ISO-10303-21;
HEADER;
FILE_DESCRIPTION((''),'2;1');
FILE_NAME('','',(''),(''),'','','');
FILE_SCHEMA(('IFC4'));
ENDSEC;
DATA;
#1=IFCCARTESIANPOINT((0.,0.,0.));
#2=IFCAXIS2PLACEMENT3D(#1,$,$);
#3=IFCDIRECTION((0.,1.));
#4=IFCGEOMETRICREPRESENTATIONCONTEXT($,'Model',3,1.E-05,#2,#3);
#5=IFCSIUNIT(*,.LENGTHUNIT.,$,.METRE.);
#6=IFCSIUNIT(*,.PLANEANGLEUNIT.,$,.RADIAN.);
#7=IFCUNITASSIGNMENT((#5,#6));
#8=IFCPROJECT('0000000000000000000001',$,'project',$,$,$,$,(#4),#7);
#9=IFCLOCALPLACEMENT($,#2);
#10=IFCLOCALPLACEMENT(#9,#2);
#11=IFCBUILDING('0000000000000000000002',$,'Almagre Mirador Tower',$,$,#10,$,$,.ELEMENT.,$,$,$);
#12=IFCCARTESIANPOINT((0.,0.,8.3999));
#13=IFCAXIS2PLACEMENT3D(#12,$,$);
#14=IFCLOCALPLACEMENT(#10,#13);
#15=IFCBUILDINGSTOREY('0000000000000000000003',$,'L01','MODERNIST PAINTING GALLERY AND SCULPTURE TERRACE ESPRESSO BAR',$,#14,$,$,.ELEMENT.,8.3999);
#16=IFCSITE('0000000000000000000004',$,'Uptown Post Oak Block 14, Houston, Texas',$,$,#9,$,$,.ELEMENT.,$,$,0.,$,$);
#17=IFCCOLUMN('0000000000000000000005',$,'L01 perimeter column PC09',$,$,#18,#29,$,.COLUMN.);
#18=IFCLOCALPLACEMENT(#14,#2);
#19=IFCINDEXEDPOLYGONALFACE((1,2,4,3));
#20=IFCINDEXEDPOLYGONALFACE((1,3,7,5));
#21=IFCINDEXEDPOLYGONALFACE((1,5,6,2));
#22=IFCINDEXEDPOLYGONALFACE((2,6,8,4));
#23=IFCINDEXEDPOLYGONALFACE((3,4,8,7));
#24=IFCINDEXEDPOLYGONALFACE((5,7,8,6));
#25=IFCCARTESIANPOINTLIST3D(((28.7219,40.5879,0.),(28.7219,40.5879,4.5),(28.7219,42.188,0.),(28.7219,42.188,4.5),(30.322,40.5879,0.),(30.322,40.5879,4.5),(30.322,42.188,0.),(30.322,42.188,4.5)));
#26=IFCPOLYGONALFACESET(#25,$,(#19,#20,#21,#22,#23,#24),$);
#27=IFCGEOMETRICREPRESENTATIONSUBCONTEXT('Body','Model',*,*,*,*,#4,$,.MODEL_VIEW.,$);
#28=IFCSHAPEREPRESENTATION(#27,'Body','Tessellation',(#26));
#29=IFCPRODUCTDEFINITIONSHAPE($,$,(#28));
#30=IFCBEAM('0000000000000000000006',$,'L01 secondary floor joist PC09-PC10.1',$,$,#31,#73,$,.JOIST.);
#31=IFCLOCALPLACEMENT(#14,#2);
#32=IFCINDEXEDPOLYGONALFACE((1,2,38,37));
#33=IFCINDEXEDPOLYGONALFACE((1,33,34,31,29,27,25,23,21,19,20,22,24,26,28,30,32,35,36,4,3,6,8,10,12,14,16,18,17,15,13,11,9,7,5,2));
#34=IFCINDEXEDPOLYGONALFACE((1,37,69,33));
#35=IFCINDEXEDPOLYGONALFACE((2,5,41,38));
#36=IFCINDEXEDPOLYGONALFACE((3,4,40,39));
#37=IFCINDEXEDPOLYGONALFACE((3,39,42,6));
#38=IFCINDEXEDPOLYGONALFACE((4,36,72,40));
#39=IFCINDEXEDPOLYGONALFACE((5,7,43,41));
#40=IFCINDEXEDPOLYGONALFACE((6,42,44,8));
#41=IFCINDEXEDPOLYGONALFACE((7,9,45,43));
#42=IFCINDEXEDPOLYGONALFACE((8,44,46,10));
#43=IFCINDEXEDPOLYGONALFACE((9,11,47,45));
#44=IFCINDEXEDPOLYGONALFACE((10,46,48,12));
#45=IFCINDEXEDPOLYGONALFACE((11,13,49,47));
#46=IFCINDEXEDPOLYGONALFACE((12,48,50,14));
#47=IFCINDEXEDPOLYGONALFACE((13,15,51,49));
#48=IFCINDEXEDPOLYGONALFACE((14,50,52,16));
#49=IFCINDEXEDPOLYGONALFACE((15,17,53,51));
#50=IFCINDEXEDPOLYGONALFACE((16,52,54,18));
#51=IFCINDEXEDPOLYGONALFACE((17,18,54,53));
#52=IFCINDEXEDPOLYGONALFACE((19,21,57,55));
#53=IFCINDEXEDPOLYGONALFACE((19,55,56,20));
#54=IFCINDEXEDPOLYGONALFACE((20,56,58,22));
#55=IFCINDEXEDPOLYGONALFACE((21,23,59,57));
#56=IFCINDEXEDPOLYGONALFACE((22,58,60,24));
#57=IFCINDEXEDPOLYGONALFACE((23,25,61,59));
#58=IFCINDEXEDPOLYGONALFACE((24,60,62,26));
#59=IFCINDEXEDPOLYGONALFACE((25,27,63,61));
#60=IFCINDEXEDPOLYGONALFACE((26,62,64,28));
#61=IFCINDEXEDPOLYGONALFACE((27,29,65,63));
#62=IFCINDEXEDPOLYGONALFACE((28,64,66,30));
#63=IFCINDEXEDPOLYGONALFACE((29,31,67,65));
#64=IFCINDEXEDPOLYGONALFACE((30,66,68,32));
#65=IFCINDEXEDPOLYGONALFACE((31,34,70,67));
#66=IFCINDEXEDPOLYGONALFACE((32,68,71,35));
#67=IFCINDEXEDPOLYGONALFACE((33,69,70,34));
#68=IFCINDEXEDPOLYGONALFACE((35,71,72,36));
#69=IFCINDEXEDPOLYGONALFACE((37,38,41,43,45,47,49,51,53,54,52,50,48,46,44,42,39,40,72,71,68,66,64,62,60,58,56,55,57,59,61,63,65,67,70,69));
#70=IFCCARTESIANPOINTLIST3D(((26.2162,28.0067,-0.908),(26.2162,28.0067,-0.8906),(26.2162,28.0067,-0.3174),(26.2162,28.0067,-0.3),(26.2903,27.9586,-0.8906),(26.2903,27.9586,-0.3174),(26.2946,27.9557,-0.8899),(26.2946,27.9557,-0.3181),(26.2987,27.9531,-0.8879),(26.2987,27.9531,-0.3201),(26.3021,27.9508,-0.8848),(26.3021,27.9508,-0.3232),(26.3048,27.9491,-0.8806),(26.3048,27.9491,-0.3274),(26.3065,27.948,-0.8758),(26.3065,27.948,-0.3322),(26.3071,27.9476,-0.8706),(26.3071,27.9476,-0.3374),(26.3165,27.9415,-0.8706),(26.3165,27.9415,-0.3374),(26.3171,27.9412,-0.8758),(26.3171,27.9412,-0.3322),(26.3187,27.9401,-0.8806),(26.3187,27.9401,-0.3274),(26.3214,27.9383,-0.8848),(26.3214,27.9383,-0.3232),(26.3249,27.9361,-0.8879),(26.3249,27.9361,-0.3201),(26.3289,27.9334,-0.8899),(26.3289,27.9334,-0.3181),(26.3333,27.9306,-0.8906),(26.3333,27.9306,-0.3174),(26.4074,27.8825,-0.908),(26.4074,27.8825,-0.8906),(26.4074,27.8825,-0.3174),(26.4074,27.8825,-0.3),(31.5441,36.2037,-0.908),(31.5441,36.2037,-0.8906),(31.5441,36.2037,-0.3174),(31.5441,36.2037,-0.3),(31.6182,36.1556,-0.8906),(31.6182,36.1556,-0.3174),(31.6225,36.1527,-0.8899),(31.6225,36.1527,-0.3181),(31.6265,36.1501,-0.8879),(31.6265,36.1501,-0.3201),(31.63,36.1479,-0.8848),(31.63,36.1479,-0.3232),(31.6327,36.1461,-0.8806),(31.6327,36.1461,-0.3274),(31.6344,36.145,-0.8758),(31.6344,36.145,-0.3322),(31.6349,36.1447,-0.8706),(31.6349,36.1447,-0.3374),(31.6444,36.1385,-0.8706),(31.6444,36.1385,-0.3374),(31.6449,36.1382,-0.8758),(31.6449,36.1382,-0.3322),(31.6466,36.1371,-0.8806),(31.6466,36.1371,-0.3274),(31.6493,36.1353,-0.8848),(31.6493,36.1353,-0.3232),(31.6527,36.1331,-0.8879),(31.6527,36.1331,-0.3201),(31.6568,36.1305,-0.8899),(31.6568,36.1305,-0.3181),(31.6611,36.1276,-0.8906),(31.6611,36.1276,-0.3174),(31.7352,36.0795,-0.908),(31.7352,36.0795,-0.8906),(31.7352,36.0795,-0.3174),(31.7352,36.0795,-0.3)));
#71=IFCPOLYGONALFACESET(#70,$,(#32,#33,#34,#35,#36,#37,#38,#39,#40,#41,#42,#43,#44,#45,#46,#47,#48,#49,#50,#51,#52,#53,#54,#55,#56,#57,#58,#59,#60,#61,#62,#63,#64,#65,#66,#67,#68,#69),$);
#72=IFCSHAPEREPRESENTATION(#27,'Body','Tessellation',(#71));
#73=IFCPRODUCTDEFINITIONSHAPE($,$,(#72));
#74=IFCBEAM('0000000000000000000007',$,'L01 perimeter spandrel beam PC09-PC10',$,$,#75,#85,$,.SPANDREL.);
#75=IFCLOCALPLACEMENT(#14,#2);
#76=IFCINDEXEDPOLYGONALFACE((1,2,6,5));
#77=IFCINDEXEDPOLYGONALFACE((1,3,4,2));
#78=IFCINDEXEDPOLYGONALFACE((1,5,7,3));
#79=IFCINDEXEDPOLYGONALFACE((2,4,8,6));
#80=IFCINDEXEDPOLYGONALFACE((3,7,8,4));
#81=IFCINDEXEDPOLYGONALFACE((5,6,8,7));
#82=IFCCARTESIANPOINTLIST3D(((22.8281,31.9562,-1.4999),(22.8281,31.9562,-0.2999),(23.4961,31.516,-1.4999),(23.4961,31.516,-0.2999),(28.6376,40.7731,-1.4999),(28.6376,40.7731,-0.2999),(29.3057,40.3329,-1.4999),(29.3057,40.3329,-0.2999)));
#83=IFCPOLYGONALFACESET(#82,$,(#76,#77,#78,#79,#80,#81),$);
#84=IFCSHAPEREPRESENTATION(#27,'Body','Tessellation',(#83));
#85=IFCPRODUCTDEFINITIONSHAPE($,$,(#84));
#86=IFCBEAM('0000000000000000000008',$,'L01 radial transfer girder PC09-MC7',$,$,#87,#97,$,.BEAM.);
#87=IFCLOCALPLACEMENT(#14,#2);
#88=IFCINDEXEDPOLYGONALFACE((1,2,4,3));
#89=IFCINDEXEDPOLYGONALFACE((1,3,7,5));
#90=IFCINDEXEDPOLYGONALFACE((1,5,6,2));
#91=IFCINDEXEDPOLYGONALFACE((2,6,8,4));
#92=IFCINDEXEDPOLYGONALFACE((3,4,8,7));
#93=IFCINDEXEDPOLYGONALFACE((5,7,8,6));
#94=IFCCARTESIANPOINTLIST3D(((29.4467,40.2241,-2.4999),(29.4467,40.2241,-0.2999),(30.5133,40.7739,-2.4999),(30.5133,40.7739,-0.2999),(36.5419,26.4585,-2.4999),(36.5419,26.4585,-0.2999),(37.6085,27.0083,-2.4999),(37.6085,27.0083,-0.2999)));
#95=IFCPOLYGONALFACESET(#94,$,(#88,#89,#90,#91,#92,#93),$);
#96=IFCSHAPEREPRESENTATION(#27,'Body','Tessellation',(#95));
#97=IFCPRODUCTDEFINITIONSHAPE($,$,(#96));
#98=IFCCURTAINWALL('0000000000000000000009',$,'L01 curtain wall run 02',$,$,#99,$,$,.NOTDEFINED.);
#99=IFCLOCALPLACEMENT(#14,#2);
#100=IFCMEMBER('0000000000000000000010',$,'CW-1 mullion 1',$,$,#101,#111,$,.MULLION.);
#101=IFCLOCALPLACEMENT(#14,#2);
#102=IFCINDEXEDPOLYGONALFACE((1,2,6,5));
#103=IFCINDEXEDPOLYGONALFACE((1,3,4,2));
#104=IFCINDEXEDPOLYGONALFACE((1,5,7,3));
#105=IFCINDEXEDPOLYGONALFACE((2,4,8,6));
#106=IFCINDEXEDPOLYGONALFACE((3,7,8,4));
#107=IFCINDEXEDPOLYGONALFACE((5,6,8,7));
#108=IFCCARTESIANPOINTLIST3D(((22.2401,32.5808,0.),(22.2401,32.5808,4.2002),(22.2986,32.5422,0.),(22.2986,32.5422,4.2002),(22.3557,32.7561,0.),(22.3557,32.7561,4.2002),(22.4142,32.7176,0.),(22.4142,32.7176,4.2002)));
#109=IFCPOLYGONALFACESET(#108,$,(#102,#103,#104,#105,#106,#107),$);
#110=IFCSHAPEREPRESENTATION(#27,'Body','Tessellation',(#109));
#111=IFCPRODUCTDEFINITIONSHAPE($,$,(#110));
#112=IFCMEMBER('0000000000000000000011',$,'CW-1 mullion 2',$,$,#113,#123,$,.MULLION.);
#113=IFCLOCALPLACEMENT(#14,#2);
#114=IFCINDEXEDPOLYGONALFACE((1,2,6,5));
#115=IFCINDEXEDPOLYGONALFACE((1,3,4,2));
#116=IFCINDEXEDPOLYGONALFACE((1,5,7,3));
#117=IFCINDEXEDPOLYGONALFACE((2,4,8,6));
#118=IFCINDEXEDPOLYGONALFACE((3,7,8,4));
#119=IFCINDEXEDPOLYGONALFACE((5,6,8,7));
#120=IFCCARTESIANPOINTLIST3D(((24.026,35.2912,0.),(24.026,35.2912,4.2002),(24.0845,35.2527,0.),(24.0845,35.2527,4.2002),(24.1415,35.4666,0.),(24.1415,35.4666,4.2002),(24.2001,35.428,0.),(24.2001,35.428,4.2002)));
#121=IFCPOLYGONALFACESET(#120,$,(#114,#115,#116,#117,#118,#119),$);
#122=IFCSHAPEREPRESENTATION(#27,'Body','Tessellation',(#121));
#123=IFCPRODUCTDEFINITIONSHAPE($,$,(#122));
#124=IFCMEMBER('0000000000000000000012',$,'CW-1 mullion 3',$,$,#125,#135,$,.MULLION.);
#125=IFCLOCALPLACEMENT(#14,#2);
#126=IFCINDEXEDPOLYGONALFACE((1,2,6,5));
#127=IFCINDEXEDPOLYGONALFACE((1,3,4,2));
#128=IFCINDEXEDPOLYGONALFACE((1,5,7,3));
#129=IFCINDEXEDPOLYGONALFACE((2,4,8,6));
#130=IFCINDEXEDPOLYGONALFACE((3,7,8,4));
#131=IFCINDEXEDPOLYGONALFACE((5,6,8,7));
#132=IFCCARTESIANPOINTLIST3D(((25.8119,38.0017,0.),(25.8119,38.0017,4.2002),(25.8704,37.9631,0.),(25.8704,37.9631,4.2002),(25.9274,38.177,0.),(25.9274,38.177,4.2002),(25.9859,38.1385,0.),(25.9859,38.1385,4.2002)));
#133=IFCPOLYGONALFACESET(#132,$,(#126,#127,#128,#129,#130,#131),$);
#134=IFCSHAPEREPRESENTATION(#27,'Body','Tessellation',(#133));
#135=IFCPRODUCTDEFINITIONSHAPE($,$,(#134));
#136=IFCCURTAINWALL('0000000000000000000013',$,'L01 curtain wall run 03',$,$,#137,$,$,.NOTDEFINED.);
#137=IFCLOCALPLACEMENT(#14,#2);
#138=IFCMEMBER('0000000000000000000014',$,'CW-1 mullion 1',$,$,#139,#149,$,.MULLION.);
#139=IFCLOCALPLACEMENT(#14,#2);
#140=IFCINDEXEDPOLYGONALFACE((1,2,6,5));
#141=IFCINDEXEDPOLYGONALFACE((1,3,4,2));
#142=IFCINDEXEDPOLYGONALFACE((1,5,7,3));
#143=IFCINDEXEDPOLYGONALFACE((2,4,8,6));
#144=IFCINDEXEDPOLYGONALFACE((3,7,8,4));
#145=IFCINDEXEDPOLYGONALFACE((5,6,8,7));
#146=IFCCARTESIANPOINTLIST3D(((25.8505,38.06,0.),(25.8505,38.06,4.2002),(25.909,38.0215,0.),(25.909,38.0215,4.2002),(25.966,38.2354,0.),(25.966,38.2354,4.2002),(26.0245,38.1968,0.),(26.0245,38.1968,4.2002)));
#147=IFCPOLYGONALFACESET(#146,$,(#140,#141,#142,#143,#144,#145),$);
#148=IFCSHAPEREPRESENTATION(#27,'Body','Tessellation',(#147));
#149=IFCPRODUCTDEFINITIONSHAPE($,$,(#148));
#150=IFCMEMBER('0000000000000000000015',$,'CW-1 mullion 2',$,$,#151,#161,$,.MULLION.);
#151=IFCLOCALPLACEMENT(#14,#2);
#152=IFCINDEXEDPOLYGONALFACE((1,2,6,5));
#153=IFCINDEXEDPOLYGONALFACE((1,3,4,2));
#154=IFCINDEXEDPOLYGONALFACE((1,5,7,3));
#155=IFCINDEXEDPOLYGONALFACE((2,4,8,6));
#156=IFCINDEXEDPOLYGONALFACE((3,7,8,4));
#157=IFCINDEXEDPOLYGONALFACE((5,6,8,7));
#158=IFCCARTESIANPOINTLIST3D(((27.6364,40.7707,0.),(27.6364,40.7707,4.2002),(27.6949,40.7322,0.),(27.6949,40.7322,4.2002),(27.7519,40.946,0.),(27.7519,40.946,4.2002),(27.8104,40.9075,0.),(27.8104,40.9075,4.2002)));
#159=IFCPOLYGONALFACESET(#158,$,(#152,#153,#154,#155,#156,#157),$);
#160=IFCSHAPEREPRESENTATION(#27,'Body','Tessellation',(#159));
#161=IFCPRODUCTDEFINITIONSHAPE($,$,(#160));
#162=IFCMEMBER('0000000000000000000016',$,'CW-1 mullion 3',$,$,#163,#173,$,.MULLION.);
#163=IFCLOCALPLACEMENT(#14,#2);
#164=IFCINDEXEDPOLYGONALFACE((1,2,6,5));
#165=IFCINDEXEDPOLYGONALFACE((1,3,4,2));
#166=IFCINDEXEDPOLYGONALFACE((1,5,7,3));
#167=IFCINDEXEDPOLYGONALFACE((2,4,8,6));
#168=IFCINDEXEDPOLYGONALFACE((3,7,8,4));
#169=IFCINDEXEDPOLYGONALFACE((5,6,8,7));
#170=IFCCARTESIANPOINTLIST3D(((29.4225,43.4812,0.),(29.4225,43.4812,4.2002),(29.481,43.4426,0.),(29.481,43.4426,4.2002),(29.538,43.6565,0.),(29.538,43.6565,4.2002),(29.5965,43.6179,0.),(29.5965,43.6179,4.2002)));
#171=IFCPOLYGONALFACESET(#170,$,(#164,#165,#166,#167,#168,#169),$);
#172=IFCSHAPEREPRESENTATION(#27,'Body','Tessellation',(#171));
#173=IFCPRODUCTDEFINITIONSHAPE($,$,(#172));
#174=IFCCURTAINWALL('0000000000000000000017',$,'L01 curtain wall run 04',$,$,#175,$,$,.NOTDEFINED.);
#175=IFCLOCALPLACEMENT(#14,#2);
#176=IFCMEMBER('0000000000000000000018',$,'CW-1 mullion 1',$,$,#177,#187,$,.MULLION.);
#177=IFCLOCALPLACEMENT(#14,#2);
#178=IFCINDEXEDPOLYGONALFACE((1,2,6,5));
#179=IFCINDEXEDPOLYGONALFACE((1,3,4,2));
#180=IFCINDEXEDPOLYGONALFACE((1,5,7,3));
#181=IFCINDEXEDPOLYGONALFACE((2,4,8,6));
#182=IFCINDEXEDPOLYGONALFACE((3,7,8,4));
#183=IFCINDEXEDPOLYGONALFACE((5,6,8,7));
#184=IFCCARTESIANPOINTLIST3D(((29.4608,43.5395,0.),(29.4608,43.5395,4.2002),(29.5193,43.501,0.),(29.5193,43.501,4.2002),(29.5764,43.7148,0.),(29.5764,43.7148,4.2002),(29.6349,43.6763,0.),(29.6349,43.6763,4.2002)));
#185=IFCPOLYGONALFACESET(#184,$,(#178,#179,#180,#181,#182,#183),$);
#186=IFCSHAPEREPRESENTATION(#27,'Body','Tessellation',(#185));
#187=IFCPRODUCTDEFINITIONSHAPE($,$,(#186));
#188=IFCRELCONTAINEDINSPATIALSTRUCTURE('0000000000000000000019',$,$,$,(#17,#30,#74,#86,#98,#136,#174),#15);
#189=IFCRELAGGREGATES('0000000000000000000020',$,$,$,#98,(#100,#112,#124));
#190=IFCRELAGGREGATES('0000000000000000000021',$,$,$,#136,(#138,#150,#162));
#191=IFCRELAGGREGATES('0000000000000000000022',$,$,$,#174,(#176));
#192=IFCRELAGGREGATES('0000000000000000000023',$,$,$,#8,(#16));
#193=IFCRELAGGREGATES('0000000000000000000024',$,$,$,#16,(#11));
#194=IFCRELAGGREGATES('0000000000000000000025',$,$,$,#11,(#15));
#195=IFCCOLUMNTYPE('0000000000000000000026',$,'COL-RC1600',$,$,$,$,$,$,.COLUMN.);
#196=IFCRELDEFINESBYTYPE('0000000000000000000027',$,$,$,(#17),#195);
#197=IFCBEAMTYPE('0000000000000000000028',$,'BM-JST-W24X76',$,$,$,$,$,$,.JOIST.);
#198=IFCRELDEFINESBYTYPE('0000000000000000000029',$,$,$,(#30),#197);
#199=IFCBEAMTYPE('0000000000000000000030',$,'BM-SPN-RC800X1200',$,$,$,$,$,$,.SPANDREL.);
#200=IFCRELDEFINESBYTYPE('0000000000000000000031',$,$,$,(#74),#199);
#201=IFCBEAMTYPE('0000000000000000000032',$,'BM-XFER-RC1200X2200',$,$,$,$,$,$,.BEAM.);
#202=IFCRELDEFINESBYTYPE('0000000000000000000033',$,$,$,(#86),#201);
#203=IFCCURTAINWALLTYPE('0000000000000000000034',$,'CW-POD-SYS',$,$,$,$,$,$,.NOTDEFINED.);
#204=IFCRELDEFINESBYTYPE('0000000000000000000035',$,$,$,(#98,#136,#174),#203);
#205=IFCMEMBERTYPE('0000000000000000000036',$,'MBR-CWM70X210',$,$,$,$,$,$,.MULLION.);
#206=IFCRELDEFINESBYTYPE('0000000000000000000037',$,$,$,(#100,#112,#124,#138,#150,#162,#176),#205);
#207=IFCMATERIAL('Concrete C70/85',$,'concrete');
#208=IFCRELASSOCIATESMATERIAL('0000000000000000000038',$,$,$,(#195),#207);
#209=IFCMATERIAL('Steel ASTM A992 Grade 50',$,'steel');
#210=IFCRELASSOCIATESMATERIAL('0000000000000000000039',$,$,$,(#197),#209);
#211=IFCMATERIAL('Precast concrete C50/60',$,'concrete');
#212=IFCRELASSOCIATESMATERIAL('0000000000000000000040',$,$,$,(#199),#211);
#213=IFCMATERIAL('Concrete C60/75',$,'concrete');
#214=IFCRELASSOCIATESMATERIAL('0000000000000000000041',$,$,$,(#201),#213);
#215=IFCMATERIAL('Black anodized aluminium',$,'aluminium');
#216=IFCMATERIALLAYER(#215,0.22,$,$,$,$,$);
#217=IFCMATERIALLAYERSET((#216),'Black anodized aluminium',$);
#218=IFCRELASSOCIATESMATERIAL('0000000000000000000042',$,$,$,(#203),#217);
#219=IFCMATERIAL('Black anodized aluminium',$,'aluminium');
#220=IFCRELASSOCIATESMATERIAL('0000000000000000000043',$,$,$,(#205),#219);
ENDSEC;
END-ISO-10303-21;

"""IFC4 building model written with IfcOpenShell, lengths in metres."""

from ifc_helpers import new_model, si_unit, direction, frame, origin, origin_2d, place, context, subcontext, project, spatial, rectangle, i_section, extrude, material, layer, layer_set, material_profile, profile_set, type_object, element, aggregate, save


model = new_model("IFC4")

# Units and contexts
model_context = context("Model", 3, precision=1e-05, world=origin(), true_north=direction((0.0, 1.0)))
body_context = subcontext(model_context, "Body", "Model", "MODEL_VIEW")
ifc_project = project(units=[si_unit("LENGTHUNIT", "METRE"), si_unit("PLANEANGLEUNIT", "RADIAN")], contexts=[model_context])

# Site, building, storey
site_placement = place(None, origin())
site = spatial("IfcSite", under=ifc_project, at=site_placement, Name="Uptown Post Oak Block 14, Houston, Texas", CompositionType="ELEMENT", RefElevation=0.0)
building_placement = place(site_placement, origin())
building = spatial("IfcBuilding", under=site, at=building_placement, Name="Almagre Mirador Tower", CompositionType="ELEMENT")
storey_placement = place(building_placement, frame((0.0, 0.0, 8.3999)))
storey = spatial("IfcBuildingStorey", under=building, at=storey_placement, Name="L01", Description="MODERNIST PAINTING GALLERY AND SCULPTURE TERRACE ESPRESSO BAR", CompositionType="ELEMENT", Elevation=8.3999)

# Column
ifc_material_1 = material(Name="Concrete C70/85", Category="concrete")
ifc_material_profile_1 = material_profile(ifc_material_1, rectangle(XDim=1.6001, YDim=1.6001, at=origin_2d()), Name="RC1600X1600")
ifc_profile_set_1 = profile_set([ifc_material_profile_1], Name="Concrete C70/85")
column_type = type_object("IfcColumnType", Name="COL-RC1600", PredefinedType="COLUMN", material=ifc_profile_set_1)
column_placement = place(storey_placement, frame((29.522, 41.3879, 0.0), z_axis=(0.0, 0.0, 1.0), x_axis=(1.0, 0.0, 0.0)))
element("IfcColumn", 1, at=column_placement, inside=storey, type_object=column_type, Name="L01 perimeter column PC09", PredefinedType="COLUMN", context=body_context, shape_type="SweptSolid", body=[
    extrude(rectangle(XDim=1.6001, YDim=1.6001, at=origin_2d()), origin(), (0.0, 0.0, 1.0), 4.5),
])

# Beams
ifc_material_2 = material(Name="Steel ASTM A992 Grade 50", Category="steel")
ifc_material_profile_2 = material_profile(ifc_material_2, i_section(OverallWidth=0.228, OverallDepth=0.6079, WebThickness=0.0112, FlangeThickness=0.0173, FilletRadius=0.02, at=origin_2d()), Name="W24X76")
ifc_profile_set_2 = profile_set([ifc_material_profile_2], Name="Steel ASTM A992 Grade 50")
beam_type_1 = type_object("IfcBeamType", Name="BM-JST-W24X76", PredefinedType="JOIST", material=ifc_profile_set_2)
beam_1_placement = place(storey_placement, frame((31.6396, 36.1416, -0.604), z_axis=(-0.544975, -0.838452, 0.0), x_axis=(0.838452, -0.544975, 0.0)))
element("IfcBeam", 2, at=beam_1_placement, inside=storey, type_object=beam_type_1, Name="L01 secondary floor joist PC09-PC10.1", PredefinedType="JOIST", context=body_context, shape_type="SweptSolid", body=[
    extrude(i_section(OverallWidth=0.228, OverallDepth=0.6079, WebThickness=0.0112, FlangeThickness=0.0173, FilletRadius=0.02, at=origin_2d()), origin(), (0.0, 0.0, 1.0), 9.7764),
])
ifc_material_3 = material(Name="Precast concrete C50/60", Category="concrete")
ifc_material_profile_3 = material_profile(ifc_material_3, rectangle(XDim=0.8, YDim=1.2, at=origin_2d()), Name="RC800X1200")
ifc_profile_set_3 = profile_set([ifc_material_profile_3], Name="Precast concrete C50/60")
beam_type_2 = type_object("IfcBeamType", Name="BM-SPN-RC800X1200", PredefinedType="SPANDREL", material=ifc_profile_set_3)
beam_2_placement = place(storey_placement, frame((28.9717, 40.553, -0.8999), z_axis=(-0.55021, -0.835026, 0.0), x_axis=(0.835026, -0.55021, 0.0)))
element("IfcBeam", 3, at=beam_2_placement, inside=storey, type_object=beam_type_2, Name="L01 perimeter spandrel beam PC09-PC10", PredefinedType="SPANDREL", context=body_context, shape_type="SweptSolid", body=[
    extrude(rectangle(XDim=0.8, YDim=1.2, at=origin_2d()), origin(), (0.0, 0.0, 1.0), 10.5588),
])
ifc_material_4 = material(Name="Concrete C60/75", Category="concrete")
ifc_material_profile_4 = material_profile(ifc_material_4, rectangle(XDim=1.2, YDim=2.2, at=origin_2d()), Name="RC1200X2200")
ifc_profile_set_4 = profile_set([ifc_material_profile_4], Name="Concrete C60/75")
beam_type_3 = type_object("IfcBeamType", Name="BM-XFER-RC1200X2200", PredefinedType="BEAM", material=ifc_profile_set_4)
beam_3_placement = place(storey_placement, frame((29.98, 40.499, -1.3999), z_axis=(0.458152, -0.888874, 0.0), x_axis=(0.888874, 0.458152, 0.0)))
element("IfcBeam", 4, at=beam_3_placement, inside=storey, type_object=beam_type_3, Name="L01 radial transfer girder PC09-MC7", PredefinedType="BEAM", context=body_context, shape_type="SweptSolid", body=[
    extrude(rectangle(XDim=1.2, YDim=2.2, at=origin_2d()), origin(), (0.0, 0.0, 1.0), 15.4866),
])

# Curtain walls, members
ifc_material_5 = material(Name="Black anodized aluminium", Category="aluminium")
ifc_layer_1 = layer(ifc_material_5, 0.22)
ifc_layer_set_1 = layer_set([ifc_layer_1], Name="Black anodized aluminium")
curtain_wall_type = type_object("IfcCurtainWallType", Name="CW-POD-SYS", PredefinedType="NOTDEFINED", material=ifc_layer_set_1)
curtain_wall_1_placement = place(storey_placement, origin())
curtain_wall_1 = element("IfcCurtainWall", 5, at=curtain_wall_1_placement, inside=storey, type_object=curtain_wall_type, Name="L01 curtain wall run 02", PredefinedType="NOTDEFINED")
ifc_material_6 = material(Name="Black anodized aluminium", Category="aluminium")
ifc_material_profile_5 = material_profile(ifc_material_6, rectangle(XDim=0.0701, YDim=0.21, at=origin_2d()), Name="CWM70X210")
ifc_profile_set_5 = profile_set([ifc_material_profile_5], Name="Black anodized aluminium")
member_type_1 = type_object("IfcMemberType", Name="MBR-CWM70X210", PredefinedType="MULLION", material=ifc_profile_set_5)
member_1_placement = place(storey_placement, frame((22.3271, 32.6492, 0.0), z_axis=(0.0, 0.0, 1.0), x_axis=(-0.835032, 0.550201, 0.0)))
member_1 = element("IfcMember", 6, at=member_1_placement, type_object=member_type_1, Name="CW-1 mullion 1", PredefinedType="MULLION", context=body_context, shape_type="SweptSolid", body=[
    extrude(rectangle(XDim=0.0701, YDim=0.21, at=origin_2d()), origin(), (0.0, 0.0, 1.0), 4.2002),
])
member_2_placement = place(storey_placement, frame((24.113, 35.3596, 0.0), z_axis=(0.0, 0.0, 1.0), x_axis=(-0.835032, 0.550201, 0.0)))
member_2 = element("IfcMember", 7, at=member_2_placement, type_object=member_type_1, Name="CW-1 mullion 2", PredefinedType="MULLION", context=body_context, shape_type="SweptSolid", body=[
    extrude(rectangle(XDim=0.0701, YDim=0.21, at=origin_2d()), origin(), (0.0, 0.0, 1.0), 4.2002),
])
member_3_placement = place(storey_placement, frame((25.8989, 38.0701, 0.0), z_axis=(0.0, 0.0, 1.0), x_axis=(-0.835032, 0.550201, 0.0)))
member_3 = element("IfcMember", 8, at=member_3_placement, type_object=member_type_1, Name="CW-1 mullion 3", PredefinedType="MULLION", context=body_context, shape_type="SweptSolid", body=[
    extrude(rectangle(XDim=0.0701, YDim=0.21, at=origin_2d()), origin(), (0.0, 0.0, 1.0), 4.2002),
])
curtain_wall_2_placement = place(storey_placement, origin())
curtain_wall_2 = element("IfcCurtainWall", 9, at=curtain_wall_2_placement, inside=storey, type_object=curtain_wall_type, Name="L01 curtain wall run 03", PredefinedType="NOTDEFINED")
member_4_placement = place(storey_placement, frame((25.9375, 38.1284, 0.0), z_axis=(0.0, 0.0, 1.0), x_axis=(-0.83503, 0.550205, 0.0)))
member_4 = element("IfcMember", 10, at=member_4_placement, type_object=member_type_1, Name="CW-1 mullion 1", PredefinedType="MULLION", context=body_context, shape_type="SweptSolid", body=[
    extrude(rectangle(XDim=0.0701, YDim=0.21, at=origin_2d()), origin(), (0.0, 0.0, 1.0), 4.2002),
])
member_5_placement = place(storey_placement, frame((27.7234, 40.8391, 0.0), z_axis=(0.0, 0.0, 1.0), x_axis=(-0.83503, 0.550205, 0.0)))
member_5 = element("IfcMember", 11, at=member_5_placement, type_object=member_type_1, Name="CW-1 mullion 2", PredefinedType="MULLION", context=body_context, shape_type="SweptSolid", body=[
    extrude(rectangle(XDim=0.0701, YDim=0.21, at=origin_2d()), origin(), (0.0, 0.0, 1.0), 4.2002),
])
member_6_placement = place(storey_placement, frame((29.5095, 43.5496, 0.0), z_axis=(0.0, 0.0, 1.0), x_axis=(-0.83503, 0.550205, 0.0)))
member_6 = element("IfcMember", 12, at=member_6_placement, type_object=member_type_1, Name="CW-1 mullion 3", PredefinedType="MULLION", context=body_context, shape_type="SweptSolid", body=[
    extrude(rectangle(XDim=0.0701, YDim=0.21, at=origin_2d()), origin(), (0.0, 0.0, 1.0), 4.2002),
])
curtain_wall_3_placement = place(storey_placement, origin())
curtain_wall_3 = element("IfcCurtainWall", 13, at=curtain_wall_3_placement, inside=storey, type_object=curtain_wall_type, Name="L01 curtain wall run 04", PredefinedType="NOTDEFINED")
member_7_placement = place(storey_placement, frame((29.5479, 43.6079, 0.0), z_axis=(0.0, 0.0, 1.0), x_axis=(-0.835032, 0.550201, 0.0)))
member_7 = element("IfcMember", 14, at=member_7_placement, type_object=member_type_1, Name="CW-1 mullion 1", PredefinedType="MULLION", context=body_context, shape_type="SweptSolid", body=[
    extrude(rectangle(XDim=0.0701, YDim=0.21, at=origin_2d()), origin(), (0.0, 0.0, 1.0), 4.2002),
])

aggregate(curtain_wall_1, [member_1, member_2, member_3])
aggregate(curtain_wall_2, [member_4, member_5, member_6])
aggregate(curtain_wall_3, [member_7])

save(model, "model.ifc")
